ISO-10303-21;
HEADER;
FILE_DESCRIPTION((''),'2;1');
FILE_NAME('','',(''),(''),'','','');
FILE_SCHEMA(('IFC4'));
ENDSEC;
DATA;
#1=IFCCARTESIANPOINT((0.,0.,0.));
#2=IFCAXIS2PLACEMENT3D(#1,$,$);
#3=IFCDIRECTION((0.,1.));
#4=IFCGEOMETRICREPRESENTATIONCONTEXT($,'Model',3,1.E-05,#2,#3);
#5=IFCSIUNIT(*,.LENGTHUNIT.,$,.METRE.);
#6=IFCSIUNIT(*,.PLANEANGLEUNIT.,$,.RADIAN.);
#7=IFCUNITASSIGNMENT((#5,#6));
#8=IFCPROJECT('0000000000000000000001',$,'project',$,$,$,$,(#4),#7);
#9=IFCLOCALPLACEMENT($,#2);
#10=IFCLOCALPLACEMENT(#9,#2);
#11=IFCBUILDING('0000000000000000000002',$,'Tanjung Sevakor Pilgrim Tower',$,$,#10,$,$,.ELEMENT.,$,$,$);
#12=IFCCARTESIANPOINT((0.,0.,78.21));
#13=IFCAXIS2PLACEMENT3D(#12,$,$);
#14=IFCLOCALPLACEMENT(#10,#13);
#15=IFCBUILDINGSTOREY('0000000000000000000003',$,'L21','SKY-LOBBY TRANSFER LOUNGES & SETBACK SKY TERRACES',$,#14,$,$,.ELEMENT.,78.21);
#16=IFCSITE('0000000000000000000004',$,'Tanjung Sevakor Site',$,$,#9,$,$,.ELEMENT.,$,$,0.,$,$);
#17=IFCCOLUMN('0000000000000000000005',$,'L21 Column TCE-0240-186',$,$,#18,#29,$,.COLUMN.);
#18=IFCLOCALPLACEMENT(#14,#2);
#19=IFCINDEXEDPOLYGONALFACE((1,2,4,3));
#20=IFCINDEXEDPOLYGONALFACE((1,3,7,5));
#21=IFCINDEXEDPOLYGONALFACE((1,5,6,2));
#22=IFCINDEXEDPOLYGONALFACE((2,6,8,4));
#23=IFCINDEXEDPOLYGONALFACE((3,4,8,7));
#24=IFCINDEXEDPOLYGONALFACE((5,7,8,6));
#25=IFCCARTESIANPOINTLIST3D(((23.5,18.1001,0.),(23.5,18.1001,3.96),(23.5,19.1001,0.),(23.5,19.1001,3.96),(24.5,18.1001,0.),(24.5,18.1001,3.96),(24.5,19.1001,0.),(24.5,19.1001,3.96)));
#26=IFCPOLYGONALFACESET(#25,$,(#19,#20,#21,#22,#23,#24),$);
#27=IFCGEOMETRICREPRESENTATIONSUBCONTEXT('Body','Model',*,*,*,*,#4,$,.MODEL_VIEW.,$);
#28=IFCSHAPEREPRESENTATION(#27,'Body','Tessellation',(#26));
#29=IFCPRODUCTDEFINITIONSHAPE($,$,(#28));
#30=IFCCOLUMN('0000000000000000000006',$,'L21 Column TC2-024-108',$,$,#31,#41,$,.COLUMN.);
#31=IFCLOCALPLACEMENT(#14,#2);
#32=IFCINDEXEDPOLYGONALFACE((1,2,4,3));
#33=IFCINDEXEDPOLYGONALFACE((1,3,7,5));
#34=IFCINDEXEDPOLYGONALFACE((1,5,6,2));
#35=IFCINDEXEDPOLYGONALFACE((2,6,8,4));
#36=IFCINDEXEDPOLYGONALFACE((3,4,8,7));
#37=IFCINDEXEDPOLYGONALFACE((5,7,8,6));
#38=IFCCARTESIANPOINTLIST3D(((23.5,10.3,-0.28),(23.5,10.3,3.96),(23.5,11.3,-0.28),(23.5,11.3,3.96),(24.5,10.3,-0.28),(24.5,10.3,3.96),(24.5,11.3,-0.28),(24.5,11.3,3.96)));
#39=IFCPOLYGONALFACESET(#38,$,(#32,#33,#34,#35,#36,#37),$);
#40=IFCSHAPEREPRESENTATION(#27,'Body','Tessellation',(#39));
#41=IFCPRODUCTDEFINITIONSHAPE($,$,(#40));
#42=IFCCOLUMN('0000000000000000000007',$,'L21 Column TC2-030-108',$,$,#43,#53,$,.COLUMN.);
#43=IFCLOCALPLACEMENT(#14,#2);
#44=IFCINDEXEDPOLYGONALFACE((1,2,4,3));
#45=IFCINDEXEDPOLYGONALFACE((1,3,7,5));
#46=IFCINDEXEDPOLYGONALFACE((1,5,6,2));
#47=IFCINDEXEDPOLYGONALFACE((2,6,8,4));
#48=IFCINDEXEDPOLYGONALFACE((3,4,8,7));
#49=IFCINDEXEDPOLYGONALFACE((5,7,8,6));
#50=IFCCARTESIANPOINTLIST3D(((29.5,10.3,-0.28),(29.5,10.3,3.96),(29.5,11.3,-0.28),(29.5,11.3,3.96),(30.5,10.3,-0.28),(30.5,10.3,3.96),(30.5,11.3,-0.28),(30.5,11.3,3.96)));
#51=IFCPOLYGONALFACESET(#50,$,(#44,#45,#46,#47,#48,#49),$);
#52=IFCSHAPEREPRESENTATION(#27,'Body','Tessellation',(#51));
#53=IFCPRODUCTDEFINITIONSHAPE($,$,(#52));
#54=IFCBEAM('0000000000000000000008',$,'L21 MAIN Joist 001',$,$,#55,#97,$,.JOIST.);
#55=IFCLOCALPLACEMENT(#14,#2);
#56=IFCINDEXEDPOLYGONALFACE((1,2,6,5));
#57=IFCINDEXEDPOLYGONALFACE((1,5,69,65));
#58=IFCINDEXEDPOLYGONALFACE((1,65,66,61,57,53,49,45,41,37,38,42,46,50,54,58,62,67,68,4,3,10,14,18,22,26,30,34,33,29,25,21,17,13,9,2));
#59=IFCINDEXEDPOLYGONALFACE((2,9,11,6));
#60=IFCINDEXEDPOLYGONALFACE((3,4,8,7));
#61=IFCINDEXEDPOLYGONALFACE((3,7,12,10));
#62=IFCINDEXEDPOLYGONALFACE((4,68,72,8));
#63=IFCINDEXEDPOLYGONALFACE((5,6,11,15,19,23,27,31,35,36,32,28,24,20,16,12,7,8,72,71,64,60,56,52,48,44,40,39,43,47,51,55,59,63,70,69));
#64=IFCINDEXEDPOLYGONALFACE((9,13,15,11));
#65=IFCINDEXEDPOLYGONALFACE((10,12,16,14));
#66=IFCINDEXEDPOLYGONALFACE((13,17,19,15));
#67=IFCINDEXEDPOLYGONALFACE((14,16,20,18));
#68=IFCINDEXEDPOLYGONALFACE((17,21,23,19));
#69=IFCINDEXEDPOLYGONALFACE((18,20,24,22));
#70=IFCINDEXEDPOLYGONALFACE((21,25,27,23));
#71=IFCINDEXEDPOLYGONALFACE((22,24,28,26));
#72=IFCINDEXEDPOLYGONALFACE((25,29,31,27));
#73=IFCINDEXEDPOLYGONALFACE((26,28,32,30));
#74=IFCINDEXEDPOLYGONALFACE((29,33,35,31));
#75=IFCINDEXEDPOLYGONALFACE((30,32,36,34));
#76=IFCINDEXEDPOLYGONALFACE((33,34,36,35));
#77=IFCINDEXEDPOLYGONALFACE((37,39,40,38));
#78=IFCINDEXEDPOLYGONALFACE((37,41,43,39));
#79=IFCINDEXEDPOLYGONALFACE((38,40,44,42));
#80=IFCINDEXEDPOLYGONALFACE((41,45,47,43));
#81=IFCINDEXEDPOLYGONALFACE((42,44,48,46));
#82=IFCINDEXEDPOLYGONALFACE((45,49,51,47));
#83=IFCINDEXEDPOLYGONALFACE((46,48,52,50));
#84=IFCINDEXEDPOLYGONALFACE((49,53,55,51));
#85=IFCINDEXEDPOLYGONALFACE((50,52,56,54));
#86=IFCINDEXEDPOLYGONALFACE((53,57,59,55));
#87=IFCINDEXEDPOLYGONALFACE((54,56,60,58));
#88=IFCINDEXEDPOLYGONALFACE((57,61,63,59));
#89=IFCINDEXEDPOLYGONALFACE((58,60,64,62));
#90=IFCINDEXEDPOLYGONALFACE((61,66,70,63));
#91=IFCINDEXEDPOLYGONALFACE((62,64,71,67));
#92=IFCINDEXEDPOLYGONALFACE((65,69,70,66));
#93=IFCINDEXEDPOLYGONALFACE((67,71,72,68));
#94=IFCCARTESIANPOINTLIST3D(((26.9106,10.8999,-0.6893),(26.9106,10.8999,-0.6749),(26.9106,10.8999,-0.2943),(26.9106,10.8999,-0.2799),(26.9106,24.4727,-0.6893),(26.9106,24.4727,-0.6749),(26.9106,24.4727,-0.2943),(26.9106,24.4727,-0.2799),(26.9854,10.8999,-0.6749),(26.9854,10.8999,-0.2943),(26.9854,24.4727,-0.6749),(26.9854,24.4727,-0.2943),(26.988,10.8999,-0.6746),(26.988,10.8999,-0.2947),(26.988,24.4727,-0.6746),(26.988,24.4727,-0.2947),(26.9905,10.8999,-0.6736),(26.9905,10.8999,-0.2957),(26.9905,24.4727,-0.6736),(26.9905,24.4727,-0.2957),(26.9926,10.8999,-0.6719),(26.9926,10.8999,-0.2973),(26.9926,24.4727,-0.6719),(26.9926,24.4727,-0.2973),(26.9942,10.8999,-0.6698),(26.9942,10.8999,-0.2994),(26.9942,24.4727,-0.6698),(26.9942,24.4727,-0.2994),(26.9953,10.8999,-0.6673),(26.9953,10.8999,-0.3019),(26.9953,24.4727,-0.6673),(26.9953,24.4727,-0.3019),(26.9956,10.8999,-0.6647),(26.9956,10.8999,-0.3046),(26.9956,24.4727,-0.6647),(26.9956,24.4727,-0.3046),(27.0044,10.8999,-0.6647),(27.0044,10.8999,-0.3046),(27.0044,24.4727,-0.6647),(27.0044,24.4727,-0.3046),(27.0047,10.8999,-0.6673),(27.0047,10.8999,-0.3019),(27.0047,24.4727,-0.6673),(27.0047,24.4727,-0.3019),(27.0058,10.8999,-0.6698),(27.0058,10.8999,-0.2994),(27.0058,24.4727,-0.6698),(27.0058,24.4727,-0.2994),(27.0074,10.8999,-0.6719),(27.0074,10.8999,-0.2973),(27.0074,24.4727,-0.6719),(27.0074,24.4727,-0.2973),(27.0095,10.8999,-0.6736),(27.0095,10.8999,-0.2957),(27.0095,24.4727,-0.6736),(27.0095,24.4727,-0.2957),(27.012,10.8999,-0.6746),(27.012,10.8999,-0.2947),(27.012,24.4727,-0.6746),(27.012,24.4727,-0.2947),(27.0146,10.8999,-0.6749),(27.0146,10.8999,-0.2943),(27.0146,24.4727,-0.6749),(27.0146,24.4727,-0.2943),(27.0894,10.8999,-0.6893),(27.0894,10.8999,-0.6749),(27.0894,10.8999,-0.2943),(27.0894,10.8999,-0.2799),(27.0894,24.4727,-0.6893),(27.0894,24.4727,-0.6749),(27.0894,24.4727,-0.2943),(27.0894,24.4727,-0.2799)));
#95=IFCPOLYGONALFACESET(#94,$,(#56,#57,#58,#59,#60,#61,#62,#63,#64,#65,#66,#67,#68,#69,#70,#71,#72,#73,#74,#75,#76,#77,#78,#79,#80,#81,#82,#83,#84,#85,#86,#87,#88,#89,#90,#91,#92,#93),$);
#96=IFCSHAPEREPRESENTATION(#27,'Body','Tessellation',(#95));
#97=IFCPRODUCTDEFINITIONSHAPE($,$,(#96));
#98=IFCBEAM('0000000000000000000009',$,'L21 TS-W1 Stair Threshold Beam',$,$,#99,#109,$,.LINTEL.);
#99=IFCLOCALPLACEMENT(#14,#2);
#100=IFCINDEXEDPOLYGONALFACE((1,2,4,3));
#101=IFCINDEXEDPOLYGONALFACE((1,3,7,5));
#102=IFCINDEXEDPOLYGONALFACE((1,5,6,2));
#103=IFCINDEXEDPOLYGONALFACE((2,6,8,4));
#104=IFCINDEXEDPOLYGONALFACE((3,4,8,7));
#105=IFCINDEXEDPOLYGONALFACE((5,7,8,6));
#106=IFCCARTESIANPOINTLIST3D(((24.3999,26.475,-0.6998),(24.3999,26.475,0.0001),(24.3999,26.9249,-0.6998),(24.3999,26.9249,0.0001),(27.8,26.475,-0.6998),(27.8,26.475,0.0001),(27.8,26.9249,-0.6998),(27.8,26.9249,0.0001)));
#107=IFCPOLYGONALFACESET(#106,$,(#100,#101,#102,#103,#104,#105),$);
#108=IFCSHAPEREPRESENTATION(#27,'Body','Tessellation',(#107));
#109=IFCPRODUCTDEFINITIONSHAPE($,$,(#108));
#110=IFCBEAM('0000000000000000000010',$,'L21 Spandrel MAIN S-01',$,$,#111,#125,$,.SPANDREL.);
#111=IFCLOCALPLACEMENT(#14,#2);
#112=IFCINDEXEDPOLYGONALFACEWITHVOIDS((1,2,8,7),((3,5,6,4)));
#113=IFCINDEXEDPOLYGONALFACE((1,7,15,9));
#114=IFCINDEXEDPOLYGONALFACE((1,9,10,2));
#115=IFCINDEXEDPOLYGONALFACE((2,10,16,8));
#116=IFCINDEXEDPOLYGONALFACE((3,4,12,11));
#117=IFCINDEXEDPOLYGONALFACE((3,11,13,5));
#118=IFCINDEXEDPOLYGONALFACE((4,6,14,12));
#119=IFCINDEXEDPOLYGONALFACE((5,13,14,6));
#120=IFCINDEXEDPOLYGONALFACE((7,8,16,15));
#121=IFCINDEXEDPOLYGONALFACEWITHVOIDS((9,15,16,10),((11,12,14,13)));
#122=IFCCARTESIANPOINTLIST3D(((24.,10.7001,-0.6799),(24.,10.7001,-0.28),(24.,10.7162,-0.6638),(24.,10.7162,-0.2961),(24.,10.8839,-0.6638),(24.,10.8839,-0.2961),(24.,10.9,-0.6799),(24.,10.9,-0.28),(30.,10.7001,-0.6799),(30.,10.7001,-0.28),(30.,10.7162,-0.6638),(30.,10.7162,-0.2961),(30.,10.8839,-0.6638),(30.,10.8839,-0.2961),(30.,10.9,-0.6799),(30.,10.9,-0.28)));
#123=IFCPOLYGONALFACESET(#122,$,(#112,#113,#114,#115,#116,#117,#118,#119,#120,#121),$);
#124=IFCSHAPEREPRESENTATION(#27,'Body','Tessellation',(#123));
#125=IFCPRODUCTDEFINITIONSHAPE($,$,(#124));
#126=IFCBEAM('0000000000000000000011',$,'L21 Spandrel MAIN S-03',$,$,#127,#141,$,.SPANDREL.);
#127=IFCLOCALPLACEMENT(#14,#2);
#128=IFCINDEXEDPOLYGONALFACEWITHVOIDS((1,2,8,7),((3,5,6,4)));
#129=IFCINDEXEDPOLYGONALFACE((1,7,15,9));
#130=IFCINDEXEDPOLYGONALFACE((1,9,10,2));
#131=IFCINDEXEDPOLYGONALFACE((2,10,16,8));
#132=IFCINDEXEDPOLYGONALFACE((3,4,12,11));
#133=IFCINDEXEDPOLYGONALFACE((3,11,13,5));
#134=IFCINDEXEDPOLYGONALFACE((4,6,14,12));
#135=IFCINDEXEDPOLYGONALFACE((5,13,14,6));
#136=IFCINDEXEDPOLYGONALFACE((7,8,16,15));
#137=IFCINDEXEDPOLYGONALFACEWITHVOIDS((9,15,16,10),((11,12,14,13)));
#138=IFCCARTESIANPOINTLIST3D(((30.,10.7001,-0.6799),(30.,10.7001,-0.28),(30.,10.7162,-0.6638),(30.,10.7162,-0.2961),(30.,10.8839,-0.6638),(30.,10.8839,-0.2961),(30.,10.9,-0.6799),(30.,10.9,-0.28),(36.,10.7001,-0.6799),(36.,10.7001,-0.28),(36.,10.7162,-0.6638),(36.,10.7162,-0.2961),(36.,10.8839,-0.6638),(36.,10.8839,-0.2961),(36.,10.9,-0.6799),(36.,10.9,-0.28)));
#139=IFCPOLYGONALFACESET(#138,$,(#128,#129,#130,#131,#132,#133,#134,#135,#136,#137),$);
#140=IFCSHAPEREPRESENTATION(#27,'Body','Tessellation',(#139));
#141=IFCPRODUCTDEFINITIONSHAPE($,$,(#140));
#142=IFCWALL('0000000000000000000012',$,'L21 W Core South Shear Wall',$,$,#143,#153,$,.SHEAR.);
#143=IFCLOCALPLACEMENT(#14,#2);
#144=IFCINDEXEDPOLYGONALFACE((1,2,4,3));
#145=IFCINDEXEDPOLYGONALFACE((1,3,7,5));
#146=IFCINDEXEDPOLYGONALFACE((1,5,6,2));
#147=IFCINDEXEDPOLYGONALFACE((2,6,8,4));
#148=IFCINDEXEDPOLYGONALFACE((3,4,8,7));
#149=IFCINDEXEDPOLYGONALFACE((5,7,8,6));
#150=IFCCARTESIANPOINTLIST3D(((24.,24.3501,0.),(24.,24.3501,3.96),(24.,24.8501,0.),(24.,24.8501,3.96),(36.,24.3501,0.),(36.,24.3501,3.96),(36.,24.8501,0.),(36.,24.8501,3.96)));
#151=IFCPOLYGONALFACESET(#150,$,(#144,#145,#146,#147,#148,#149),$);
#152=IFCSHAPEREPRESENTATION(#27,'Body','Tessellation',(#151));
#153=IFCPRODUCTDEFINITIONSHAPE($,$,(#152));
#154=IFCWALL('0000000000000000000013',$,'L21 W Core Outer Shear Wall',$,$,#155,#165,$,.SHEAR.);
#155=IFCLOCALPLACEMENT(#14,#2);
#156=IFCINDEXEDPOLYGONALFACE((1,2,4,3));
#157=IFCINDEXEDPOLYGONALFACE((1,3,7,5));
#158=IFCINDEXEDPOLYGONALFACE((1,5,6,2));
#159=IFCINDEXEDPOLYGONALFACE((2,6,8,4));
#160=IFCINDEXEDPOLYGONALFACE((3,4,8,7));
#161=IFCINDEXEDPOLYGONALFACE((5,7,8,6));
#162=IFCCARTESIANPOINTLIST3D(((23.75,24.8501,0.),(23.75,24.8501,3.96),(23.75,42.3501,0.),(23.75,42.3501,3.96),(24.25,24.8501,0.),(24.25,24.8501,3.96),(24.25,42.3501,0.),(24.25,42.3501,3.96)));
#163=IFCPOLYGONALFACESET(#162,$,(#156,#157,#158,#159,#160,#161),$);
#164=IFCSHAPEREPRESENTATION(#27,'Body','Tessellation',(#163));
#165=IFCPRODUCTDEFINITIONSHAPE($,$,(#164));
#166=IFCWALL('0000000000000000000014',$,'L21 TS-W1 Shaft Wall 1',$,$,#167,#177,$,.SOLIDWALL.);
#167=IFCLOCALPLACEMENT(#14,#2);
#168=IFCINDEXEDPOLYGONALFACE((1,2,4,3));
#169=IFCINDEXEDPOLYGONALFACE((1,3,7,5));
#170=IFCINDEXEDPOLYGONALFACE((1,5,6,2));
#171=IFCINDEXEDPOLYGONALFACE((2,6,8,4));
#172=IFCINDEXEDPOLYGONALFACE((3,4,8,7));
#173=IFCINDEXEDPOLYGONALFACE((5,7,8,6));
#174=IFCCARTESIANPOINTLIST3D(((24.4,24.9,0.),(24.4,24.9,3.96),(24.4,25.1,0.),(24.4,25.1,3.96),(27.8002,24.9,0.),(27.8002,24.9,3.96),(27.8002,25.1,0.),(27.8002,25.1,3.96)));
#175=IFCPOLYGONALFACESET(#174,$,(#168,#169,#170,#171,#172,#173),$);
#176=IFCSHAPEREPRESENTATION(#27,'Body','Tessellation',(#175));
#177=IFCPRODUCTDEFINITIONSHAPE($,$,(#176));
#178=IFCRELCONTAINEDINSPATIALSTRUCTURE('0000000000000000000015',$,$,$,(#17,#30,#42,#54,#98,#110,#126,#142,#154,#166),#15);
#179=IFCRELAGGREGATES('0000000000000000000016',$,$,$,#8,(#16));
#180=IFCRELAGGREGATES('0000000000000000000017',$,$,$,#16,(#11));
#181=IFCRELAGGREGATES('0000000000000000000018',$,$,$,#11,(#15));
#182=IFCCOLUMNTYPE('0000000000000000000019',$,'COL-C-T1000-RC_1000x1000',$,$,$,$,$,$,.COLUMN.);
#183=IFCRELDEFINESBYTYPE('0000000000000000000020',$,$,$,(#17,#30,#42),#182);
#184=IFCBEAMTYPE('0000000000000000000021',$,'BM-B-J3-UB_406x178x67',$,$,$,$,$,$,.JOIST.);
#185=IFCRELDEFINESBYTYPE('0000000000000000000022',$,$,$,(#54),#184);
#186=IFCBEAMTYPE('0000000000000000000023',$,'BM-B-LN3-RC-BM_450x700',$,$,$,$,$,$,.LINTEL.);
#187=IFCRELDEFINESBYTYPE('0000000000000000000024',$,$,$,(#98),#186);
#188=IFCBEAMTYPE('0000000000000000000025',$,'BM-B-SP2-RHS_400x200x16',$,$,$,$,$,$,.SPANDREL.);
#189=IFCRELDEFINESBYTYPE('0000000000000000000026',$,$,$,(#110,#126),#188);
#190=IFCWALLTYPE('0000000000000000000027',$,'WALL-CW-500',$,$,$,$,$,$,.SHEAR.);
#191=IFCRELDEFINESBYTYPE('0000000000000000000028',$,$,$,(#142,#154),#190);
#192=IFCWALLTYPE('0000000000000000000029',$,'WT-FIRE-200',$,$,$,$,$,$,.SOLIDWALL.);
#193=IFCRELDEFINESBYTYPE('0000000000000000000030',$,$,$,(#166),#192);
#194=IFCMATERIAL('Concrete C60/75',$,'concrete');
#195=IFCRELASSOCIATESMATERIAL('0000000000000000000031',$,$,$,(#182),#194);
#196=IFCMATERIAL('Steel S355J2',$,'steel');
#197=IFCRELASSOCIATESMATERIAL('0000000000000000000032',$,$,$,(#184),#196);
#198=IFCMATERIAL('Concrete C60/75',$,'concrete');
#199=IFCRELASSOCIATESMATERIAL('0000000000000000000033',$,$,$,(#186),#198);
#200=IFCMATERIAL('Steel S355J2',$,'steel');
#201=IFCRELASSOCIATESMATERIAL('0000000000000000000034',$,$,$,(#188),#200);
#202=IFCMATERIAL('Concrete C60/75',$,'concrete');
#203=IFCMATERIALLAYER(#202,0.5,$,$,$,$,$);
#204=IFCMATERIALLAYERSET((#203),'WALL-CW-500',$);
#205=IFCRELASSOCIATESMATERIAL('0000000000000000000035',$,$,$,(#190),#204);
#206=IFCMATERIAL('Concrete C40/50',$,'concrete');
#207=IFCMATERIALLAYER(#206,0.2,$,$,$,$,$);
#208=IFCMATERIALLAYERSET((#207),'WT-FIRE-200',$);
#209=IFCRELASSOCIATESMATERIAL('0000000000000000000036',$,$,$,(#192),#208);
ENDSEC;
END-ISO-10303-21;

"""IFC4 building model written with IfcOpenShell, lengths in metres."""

from ifc_helpers import new_model, si_unit, direction, frame, frame_2d, origin, origin_2d, place, context, subcontext, project, spatial, rectangle, hollow_rectangle, i_section, extrude, material, layer, layer_set, material_profile, profile_set, type_object, element, save


model = new_model("IFC4")

# Units and contexts
model_context = context("Model", 3, precision=1e-05, world=origin(), true_north=direction((0.0, 1.0)))
body_context = subcontext(model_context, "Body", "Model", "MODEL_VIEW")
ifc_project = project(units=[si_unit("LENGTHUNIT", "METRE"), si_unit("PLANEANGLEUNIT", "RADIAN")], contexts=[model_context])

# Site, building, storey
site_placement = place(None, origin())
site = spatial("IfcSite", under=ifc_project, at=site_placement, Name="Tanjung Sevakor Site", CompositionType="ELEMENT", RefElevation=0.0)
building_placement = place(site_placement, origin())
building = spatial("IfcBuilding", under=site, at=building_placement, Name="Tanjung Sevakor Pilgrim Tower", CompositionType="ELEMENT")
storey_placement = place(building_placement, frame((0.0, 0.0, 78.21)))
storey = spatial("IfcBuildingStorey", under=building, at=storey_placement, Name="L21", Description="SKY-LOBBY TRANSFER LOUNGES & SETBACK SKY TERRACES", CompositionType="ELEMENT", Elevation=78.21)

# Columns
ifc_material_1 = material(Name="Concrete C60/75", Category="concrete")
ifc_material_profile_1 = material_profile(ifc_material_1, rectangle(XDim=1.0, YDim=1.0, at=origin_2d()))
ifc_profile_set_1 = profile_set([ifc_material_profile_1], Name="Concrete C60/75")
column_type = type_object("IfcColumnType", Name="COL-C-T1000-RC_1000x1000", PredefinedType="COLUMN", material=ifc_profile_set_1)
column_placement = place(storey_placement, frame((24.0, 18.6001, 0.0), z_axis=(0.0, 0.0, 1.0), x_axis=(1.0, 0.0, 0.0)))
element("IfcColumn", 1, at=column_placement, inside=storey, type_object=column_type, Name="L21 Column TCE-0240-186", PredefinedType="COLUMN", context=body_context, shape_type="SweptSolid", body=[
    extrude(rectangle(XDim=1.0, YDim=1.0, at=origin_2d()), origin(), (0.0, 0.0, 1.0), 3.96),
])
for number, where, z_axis, x_axis, name in (
    (2, (24.0, 10.8, -0.28), (0.0, 0.0, 1.0), (1.0, 0.0, 0.0), "L21 Column TC2-024-108"),
    (3, (30.0, 10.8, -0.28), (0.0, 0.0, 1.0), (1.0, 0.0, 0.0), "L21 Column TC2-030-108"),
):
    element("IfcColumn", number, at=place(storey_placement, frame(where, z_axis=z_axis, x_axis=x_axis)), inside=storey, type_object=column_type, Name=name, PredefinedType="COLUMN", context=body_context, shape_type="SweptSolid", body=[
        extrude(rectangle(XDim=1.0, YDim=1.0, at=origin_2d()), origin(), (0.0, 0.0, 1.0), 4.24),
    ])

# Beams
ifc_material_2 = material(Name="Steel S355J2", Category="steel")
ifc_material_profile_2 = material_profile(ifc_material_2, i_section(OverallWidth=0.1787, OverallDepth=0.4094, WebThickness=0.0088, FlangeThickness=0.0144, FilletRadius=0.0103, at=origin_2d()))
ifc_profile_set_2 = profile_set([ifc_material_profile_2], Name="Steel S355J2")
beam_type_1 = type_object("IfcBeamType", Name="BM-B-J3-UB_406x178x67", PredefinedType="JOIST", material=ifc_profile_set_2)
beam_1_placement = place(storey_placement, frame((27.0, 10.8999, -0.4846), z_axis=(0.0, 1.0, 0.0), x_axis=(-1.0, 0.0, 0.0)))
element("IfcBeam", 4, at=beam_1_placement, inside=storey, type_object=beam_type_1, Name="L21 MAIN Joist 001", PredefinedType="JOIST", context=body_context, shape_type="SweptSolid", body=[
    extrude(i_section(OverallWidth=0.1787, OverallDepth=0.4094, WebThickness=0.0088, FlangeThickness=0.0144, FilletRadius=0.0103, at=origin_2d()), origin(), (0.0, 0.0, 1.0), 13.5728),
])
ifc_material_3 = material(Name="Concrete C60/75", Category="concrete")
ifc_material_profile_3 = material_profile(ifc_material_3, rectangle(XDim=0.45, YDim=0.7, at=origin_2d()))
ifc_profile_set_3 = profile_set([ifc_material_profile_3], Name="Concrete C60/75")
beam_type_2 = type_object("IfcBeamType", Name="BM-B-LN3-RC-BM_450x700", PredefinedType="LINTEL", material=ifc_profile_set_3)
beam_2_placement = place(storey_placement, frame((24.3999, 26.7, -0.3499), z_axis=(1.0, 0.0, 0.0), x_axis=(0.0, 1.0, 0.0)))
element("IfcBeam", 5, at=beam_2_placement, inside=storey, type_object=beam_type_2, Name="L21 TS-W1 Stair Threshold Beam", PredefinedType="LINTEL", context=body_context, shape_type="SweptSolid", body=[
    extrude(rectangle(XDim=0.45, YDim=0.7, at=origin_2d()), origin(), (0.0, 0.0, 1.0), 3.4001),
])
ifc_material_4 = material(Name="Steel S355J2", Category="steel")
ifc_material_profile_4 = material_profile(ifc_material_4, hollow_rectangle(XDim=0.2, YDim=0.3999, WallThickness=0.0161, at=origin_2d()))
ifc_profile_set_4 = profile_set([ifc_material_profile_4], Name="Steel S355J2")
beam_type_3 = type_object("IfcBeamType", Name="BM-B-SP2-RHS_400x200x16", PredefinedType="SPANDREL", material=ifc_profile_set_4)
for number, where, z_axis, x_axis, name in (
    (6, (24.0, 10.8, -0.48), (1.0, 0.0, 0.0), (0.0, 1.0, 0.0), "L21 Spandrel MAIN S-01"),
    (7, (30.0, 10.8, -0.48), (1.0, 0.0, 0.0), (0.0, 1.0, 0.0), "L21 Spandrel MAIN S-03"),
):
    element("IfcBeam", number, at=place(storey_placement, frame(where, z_axis=z_axis, x_axis=x_axis)), inside=storey, type_object=beam_type_3, Name=name, PredefinedType="SPANDREL", context=body_context, shape_type="SweptSolid", body=[
        extrude(hollow_rectangle(XDim=0.2, YDim=0.3999, WallThickness=0.0161, at=origin_2d()), origin(), (0.0, 0.0, 1.0), 6.0),
    ])

# Walls
ifc_material_5 = material(Name="Concrete C60/75", Category="concrete")
ifc_layer_1 = layer(ifc_material_5, 0.5)
ifc_layer_set_1 = layer_set([ifc_layer_1], Name="WALL-CW-500")
wall_type_1 = type_object("IfcWallType", Name="WALL-CW-500", PredefinedType="SHEAR", material=ifc_layer_set_1)
wall_1_placement = place(storey_placement, frame((24.0, 24.6001, 0.0), z_axis=(0.0, 0.0, 1.0), x_axis=(1.0, 0.0, 0.0)))
element("IfcWall", 8, at=wall_1_placement, inside=storey, type_object=wall_type_1, Name="L21 W Core South Shear Wall", PredefinedType="SHEAR", context=body_context, shape_type="SweptSolid", body=[
    extrude(rectangle(XDim=12.0, YDim=0.5, at=frame_2d((6.0, 0.0))), origin(), (0.0, 0.0, 1.0), 3.96),
])
wall_2_placement = place(storey_placement, frame((24.0, 24.8501, 0.0), z_axis=(0.0, 0.0, 1.0), x_axis=(0.0, 1.0, 0.0)))
element("IfcWall", 9, at=wall_2_placement, inside=storey, type_object=wall_type_1, Name="L21 W Core Outer Shear Wall", PredefinedType="SHEAR", context=body_context, shape_type="SweptSolid", body=[
    extrude(rectangle(XDim=17.5, YDim=0.5, at=frame_2d((8.75, 0.0))), origin(), (0.0, 0.0, 1.0), 3.96),
])

# Wall
ifc_material_6 = material(Name="Concrete C40/50", Category="concrete")
ifc_layer_2 = layer(ifc_material_6, 0.2)
ifc_layer_set_2 = layer_set([ifc_layer_2], Name="WT-FIRE-200")
wall_type_2 = type_object("IfcWallType", Name="WT-FIRE-200", PredefinedType="SOLIDWALL", material=ifc_layer_set_2)
wall_3_placement = place(storey_placement, frame((24.3999, 25.0, 0.0), z_axis=(0.0, 0.0, 1.0), x_axis=(1.0, 0.0, 0.0)))
element("IfcWall", 10, at=wall_3_placement, inside=storey, type_object=wall_type_2, Name="L21 TS-W1 Shaft Wall 1", PredefinedType="SOLIDWALL", context=body_context, shape_type="SweptSolid", body=[
    extrude(rectangle(XDim=3.4001, YDim=0.2, at=frame_2d((1.7002, 0.0))), origin(), (0.0, 0.0, 1.0), 3.96),
])

save(model, "model.ifc")
